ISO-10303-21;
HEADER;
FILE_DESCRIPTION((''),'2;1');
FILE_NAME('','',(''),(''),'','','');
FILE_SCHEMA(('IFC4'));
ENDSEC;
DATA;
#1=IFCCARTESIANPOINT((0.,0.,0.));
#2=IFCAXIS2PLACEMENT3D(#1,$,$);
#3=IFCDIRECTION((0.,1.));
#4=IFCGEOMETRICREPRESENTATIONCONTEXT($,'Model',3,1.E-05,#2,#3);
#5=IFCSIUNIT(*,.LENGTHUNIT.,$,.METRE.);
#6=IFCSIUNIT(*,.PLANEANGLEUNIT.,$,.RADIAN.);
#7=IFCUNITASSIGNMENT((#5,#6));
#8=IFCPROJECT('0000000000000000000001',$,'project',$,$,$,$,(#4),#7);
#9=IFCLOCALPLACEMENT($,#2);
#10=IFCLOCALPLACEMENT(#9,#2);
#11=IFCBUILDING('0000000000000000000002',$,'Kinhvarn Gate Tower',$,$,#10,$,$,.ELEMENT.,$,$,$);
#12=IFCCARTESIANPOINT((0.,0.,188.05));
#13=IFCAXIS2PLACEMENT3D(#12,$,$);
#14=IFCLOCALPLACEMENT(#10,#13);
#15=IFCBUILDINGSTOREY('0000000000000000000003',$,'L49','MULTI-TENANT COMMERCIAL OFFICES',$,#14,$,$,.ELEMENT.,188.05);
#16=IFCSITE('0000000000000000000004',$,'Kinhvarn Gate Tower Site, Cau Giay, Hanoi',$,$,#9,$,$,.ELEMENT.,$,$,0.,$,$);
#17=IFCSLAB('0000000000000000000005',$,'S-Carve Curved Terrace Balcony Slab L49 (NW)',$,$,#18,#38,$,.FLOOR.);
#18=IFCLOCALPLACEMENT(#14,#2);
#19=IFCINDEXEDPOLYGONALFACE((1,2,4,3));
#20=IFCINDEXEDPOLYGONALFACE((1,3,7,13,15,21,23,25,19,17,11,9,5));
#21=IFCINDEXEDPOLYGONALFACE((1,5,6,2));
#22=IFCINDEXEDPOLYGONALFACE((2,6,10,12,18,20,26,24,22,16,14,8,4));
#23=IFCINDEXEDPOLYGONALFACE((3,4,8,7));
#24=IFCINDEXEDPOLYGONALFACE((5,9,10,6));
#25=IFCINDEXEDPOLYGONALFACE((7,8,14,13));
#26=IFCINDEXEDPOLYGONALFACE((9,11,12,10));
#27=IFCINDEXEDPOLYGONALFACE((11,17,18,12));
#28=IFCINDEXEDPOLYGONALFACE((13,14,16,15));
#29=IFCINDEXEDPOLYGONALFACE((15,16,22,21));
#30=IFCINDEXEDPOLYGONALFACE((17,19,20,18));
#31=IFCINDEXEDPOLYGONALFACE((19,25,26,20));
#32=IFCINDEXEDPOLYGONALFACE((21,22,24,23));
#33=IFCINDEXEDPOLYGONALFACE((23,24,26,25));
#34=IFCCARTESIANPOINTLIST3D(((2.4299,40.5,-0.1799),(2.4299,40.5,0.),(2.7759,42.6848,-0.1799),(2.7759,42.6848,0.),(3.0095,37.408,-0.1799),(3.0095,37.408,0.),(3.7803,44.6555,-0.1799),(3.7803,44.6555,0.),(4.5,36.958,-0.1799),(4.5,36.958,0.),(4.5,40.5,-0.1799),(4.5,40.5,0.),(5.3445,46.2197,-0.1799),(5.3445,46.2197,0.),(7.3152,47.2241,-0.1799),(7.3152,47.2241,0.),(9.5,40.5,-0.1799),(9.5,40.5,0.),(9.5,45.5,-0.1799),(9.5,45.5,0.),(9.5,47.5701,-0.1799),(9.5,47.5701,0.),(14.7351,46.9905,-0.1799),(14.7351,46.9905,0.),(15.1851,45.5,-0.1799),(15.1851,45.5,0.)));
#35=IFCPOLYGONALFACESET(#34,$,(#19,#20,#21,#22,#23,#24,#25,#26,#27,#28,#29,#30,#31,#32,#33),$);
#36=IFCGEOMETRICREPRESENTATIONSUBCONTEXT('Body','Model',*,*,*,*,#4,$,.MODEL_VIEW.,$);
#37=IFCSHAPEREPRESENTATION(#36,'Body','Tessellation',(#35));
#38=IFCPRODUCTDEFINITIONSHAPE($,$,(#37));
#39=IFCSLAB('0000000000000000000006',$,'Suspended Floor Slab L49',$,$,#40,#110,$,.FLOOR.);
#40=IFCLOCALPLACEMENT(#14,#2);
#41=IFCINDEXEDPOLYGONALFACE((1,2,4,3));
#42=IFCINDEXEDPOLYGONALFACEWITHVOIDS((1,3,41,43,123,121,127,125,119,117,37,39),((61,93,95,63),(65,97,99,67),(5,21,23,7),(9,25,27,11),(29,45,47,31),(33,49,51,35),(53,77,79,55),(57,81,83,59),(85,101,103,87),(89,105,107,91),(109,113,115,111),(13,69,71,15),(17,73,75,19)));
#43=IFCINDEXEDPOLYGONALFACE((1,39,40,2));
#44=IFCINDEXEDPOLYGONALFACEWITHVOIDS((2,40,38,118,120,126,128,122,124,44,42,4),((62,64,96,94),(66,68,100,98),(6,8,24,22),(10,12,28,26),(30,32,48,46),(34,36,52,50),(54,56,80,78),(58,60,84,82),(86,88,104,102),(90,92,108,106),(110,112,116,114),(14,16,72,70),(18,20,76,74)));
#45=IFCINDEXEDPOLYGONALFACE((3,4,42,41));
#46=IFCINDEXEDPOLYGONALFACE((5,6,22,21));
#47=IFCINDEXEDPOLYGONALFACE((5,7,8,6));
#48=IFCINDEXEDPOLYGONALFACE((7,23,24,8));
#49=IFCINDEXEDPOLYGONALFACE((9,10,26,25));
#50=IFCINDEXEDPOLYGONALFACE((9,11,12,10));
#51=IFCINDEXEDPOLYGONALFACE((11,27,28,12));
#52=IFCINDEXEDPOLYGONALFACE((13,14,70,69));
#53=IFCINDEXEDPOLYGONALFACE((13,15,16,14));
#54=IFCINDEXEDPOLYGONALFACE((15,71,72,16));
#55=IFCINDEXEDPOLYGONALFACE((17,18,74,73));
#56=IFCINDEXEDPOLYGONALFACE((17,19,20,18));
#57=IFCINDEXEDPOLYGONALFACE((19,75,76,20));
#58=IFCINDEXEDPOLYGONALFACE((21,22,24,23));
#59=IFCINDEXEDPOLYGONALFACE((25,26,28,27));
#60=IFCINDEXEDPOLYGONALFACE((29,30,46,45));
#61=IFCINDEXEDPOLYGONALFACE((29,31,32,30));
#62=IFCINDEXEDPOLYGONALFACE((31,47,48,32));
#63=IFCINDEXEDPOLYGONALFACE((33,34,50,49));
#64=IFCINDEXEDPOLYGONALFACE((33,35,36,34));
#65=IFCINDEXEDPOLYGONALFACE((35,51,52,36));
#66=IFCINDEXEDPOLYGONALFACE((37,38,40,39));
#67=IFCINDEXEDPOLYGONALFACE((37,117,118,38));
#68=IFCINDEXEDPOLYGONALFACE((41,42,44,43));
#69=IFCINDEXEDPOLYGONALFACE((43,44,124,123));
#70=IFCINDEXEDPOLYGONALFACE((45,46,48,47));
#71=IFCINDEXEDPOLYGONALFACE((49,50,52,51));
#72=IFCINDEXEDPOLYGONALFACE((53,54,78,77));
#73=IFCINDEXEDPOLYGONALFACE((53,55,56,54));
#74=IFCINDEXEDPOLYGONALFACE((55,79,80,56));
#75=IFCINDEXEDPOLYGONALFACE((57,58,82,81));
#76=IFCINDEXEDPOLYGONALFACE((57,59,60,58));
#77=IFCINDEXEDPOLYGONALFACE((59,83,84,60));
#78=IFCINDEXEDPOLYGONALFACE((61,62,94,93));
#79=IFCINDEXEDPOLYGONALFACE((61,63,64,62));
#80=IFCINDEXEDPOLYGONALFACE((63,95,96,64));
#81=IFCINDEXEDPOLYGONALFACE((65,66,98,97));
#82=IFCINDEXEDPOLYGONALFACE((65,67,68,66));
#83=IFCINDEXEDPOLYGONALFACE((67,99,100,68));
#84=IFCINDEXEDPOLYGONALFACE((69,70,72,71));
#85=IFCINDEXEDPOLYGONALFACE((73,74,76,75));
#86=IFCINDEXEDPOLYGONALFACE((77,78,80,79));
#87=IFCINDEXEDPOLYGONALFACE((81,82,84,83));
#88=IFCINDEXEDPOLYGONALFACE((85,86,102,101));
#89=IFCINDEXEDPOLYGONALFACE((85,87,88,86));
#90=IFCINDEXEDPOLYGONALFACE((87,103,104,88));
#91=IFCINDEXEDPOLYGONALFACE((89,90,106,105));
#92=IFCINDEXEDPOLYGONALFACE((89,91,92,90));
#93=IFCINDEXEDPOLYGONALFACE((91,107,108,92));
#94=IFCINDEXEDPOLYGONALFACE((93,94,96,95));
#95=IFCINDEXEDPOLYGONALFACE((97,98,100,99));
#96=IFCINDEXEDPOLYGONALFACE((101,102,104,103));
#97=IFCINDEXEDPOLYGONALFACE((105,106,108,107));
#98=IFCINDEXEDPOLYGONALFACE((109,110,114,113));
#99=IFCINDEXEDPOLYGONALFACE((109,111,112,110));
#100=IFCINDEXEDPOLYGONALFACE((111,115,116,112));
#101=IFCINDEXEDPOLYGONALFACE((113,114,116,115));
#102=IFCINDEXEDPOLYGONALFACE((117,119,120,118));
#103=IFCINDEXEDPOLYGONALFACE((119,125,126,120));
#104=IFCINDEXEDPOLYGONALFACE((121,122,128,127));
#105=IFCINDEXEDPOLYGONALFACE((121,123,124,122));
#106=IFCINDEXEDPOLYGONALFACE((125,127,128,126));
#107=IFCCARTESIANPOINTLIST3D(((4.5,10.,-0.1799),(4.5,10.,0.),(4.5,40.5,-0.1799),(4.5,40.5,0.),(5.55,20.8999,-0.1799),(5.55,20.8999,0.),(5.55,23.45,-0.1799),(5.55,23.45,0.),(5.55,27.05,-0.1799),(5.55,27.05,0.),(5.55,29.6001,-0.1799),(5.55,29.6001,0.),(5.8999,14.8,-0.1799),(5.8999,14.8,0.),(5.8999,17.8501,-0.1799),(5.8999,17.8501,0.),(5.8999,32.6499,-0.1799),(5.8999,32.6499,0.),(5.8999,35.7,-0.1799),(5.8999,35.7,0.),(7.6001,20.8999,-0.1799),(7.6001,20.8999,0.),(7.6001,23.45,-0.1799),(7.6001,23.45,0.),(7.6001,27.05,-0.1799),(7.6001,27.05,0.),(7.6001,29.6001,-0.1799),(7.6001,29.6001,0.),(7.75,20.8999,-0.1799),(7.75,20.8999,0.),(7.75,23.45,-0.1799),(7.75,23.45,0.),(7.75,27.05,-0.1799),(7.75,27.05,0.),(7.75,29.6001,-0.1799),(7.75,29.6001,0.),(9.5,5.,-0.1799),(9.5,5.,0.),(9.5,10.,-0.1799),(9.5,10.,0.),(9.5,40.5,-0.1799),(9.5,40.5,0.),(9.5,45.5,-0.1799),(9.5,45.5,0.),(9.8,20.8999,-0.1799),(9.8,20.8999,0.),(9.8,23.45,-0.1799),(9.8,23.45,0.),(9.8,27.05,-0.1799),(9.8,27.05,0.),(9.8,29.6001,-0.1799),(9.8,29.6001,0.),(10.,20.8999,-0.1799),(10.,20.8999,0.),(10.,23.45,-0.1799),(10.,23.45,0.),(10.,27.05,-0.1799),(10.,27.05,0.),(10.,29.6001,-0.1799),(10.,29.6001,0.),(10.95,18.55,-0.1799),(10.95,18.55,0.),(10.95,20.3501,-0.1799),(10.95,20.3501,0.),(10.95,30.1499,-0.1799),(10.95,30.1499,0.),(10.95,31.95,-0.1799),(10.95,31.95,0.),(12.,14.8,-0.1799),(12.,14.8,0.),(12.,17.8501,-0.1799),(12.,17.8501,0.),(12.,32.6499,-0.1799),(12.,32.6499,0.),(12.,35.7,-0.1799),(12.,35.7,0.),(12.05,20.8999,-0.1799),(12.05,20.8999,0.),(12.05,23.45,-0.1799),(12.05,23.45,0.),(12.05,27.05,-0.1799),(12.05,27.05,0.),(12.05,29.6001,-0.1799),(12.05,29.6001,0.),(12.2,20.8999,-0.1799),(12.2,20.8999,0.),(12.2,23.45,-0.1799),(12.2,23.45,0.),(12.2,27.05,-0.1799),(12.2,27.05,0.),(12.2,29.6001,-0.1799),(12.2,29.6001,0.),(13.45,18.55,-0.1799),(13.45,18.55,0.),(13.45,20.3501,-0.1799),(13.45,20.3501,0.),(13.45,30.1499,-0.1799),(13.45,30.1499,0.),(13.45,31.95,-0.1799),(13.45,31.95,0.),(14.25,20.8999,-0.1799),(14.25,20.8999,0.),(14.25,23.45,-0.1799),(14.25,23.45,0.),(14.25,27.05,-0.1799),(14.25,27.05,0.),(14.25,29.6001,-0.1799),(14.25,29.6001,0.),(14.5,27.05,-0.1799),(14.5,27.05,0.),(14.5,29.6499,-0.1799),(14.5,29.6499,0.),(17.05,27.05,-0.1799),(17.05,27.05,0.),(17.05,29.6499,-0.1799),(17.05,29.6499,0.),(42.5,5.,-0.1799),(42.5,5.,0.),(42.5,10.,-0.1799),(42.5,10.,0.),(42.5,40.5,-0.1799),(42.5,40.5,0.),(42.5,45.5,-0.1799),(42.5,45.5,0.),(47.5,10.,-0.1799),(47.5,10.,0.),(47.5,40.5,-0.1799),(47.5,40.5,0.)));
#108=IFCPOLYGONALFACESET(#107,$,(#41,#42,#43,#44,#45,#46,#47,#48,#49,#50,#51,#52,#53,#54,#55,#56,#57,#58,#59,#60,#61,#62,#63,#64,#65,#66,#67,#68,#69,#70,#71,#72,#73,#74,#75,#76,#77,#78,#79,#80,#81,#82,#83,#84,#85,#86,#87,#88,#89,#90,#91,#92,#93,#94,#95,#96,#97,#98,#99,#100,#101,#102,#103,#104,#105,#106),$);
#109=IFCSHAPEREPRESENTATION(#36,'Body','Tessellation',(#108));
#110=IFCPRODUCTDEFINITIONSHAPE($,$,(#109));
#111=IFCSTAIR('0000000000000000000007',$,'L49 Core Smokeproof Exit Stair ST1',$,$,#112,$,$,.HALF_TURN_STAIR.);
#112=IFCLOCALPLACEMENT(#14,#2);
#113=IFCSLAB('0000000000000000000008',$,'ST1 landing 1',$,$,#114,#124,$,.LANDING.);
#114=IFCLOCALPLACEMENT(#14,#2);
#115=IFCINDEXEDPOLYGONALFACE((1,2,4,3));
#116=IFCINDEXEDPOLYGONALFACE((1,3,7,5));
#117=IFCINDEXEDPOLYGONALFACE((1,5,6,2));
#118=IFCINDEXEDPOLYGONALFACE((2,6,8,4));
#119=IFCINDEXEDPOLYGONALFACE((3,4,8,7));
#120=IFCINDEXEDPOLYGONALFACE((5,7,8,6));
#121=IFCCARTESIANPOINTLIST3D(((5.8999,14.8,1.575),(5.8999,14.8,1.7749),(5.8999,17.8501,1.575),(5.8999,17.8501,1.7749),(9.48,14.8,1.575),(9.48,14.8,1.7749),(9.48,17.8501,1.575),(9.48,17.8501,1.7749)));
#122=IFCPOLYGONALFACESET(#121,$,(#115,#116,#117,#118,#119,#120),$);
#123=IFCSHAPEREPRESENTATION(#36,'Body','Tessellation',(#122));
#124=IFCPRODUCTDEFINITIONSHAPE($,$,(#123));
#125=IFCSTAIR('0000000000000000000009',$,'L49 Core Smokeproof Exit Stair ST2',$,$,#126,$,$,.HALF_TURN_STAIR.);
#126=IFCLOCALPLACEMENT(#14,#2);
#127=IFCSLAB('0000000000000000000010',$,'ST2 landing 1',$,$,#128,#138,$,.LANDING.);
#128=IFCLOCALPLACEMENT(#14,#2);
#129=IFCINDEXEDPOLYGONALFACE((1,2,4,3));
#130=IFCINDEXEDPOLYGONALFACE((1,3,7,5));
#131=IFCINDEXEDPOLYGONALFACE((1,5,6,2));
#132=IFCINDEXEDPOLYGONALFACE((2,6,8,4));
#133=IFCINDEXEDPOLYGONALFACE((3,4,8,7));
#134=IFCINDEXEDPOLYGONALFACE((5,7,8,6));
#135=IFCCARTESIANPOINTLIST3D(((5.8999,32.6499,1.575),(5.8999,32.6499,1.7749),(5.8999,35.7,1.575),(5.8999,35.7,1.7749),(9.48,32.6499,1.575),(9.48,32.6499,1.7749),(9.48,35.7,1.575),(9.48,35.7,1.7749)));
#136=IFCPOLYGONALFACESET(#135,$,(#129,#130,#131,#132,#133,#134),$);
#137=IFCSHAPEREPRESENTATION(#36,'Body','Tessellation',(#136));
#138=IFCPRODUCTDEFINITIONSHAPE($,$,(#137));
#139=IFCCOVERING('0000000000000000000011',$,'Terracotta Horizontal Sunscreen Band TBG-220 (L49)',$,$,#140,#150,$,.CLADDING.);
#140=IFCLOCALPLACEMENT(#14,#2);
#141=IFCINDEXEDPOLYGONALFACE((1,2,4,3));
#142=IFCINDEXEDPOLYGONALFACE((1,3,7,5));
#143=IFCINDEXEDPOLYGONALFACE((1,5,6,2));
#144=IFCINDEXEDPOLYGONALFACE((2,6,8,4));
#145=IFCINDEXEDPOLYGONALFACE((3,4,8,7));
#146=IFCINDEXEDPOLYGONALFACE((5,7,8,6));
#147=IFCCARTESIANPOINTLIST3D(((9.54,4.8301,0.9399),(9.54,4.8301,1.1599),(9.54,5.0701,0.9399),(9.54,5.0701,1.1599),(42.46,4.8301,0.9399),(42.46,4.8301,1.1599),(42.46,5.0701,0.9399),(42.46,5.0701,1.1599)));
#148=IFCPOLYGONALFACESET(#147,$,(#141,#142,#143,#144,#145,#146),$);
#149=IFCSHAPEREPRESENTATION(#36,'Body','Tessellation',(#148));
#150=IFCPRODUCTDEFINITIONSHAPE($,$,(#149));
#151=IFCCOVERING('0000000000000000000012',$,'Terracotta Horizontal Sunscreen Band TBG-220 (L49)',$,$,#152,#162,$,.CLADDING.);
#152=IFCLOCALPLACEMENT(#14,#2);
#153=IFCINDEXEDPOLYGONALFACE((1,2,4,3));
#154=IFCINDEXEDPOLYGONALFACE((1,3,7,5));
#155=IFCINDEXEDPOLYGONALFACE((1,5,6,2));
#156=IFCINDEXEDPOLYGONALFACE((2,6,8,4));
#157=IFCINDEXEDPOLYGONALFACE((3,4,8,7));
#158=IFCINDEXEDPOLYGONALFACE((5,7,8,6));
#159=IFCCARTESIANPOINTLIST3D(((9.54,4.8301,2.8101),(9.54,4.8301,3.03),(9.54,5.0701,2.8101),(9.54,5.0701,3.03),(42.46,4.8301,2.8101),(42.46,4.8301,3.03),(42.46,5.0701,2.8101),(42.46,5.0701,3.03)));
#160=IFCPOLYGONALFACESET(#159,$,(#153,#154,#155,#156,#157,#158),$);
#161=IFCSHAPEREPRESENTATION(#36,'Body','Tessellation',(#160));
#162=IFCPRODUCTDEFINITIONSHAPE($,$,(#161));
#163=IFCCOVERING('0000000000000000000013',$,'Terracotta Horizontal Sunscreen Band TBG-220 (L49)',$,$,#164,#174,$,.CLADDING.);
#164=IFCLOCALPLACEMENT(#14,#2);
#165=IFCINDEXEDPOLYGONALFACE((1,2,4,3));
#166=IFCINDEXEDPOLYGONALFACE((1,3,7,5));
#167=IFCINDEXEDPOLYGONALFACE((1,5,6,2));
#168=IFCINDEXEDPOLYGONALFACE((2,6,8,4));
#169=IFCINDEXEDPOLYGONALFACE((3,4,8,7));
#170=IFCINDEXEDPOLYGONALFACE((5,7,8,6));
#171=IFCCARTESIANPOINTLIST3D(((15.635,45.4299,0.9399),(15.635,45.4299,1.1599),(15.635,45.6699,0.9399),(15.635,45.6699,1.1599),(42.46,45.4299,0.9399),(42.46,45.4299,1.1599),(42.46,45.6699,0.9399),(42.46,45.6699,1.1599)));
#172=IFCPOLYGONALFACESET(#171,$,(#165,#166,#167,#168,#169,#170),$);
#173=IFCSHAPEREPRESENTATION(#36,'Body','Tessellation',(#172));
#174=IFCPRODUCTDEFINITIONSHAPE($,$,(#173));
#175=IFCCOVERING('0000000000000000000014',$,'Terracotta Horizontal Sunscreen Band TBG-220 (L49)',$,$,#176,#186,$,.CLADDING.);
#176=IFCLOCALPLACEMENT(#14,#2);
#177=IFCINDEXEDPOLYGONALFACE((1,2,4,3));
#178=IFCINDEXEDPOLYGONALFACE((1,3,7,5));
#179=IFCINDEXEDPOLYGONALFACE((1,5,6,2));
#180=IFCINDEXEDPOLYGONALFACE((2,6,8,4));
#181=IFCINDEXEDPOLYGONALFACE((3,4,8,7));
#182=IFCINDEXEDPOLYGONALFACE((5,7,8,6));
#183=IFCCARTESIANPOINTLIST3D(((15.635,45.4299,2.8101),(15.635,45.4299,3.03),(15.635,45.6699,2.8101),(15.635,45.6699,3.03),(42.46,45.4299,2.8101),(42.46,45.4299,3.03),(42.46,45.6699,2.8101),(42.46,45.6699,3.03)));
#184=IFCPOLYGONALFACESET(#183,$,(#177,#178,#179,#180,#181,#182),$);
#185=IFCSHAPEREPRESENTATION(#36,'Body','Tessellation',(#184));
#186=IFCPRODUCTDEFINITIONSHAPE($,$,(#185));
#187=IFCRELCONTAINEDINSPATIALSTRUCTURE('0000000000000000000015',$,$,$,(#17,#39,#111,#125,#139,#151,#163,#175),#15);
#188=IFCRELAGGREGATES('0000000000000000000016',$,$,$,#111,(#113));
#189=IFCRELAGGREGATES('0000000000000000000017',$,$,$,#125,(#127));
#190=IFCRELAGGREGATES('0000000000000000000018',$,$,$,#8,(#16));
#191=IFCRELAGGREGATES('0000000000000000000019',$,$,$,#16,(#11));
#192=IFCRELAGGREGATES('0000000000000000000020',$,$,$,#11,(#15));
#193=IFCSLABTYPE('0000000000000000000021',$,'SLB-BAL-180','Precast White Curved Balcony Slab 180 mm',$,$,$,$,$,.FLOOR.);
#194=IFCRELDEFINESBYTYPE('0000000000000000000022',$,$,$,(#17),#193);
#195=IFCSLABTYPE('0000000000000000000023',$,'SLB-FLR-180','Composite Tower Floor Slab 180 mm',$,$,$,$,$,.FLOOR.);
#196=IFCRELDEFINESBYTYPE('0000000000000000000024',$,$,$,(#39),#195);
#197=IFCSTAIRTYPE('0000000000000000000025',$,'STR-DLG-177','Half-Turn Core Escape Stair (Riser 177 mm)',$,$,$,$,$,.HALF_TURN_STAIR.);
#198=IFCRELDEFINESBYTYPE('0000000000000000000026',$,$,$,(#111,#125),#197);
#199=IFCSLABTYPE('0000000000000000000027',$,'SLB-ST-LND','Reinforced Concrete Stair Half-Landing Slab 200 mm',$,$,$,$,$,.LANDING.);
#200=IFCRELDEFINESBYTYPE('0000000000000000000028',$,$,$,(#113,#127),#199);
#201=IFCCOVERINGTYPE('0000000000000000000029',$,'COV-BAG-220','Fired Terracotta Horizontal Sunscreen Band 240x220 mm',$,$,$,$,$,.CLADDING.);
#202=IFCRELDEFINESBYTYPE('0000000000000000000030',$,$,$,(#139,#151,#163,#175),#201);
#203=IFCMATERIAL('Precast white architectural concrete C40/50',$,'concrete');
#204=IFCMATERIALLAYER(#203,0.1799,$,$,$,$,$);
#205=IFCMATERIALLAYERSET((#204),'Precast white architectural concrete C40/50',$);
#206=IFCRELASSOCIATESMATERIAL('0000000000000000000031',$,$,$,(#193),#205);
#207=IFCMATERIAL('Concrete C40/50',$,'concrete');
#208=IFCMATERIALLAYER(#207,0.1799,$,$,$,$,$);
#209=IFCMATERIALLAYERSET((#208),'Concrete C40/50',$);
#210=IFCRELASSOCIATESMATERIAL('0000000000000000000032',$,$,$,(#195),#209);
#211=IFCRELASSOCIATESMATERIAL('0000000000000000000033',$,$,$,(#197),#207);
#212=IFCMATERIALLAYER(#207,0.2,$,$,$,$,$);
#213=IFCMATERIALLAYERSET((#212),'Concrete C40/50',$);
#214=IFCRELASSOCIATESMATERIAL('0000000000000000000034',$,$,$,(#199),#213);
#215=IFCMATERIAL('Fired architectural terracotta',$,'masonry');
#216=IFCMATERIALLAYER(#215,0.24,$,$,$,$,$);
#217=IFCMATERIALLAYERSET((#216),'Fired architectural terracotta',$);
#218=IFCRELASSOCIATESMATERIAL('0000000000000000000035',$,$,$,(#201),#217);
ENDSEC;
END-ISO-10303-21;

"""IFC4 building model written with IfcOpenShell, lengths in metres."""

from ifc_helpers import new_model, si_unit, direction, frame, origin, place, context, subcontext, project, spatial, polyline, outline, extrude, material, layer, layer_set, type_object, element, aggregate, save


model = new_model("IFC4")

# Units and contexts
model_context = context("Model", 3, precision=1e-05, world=origin(), true_north=direction((0.0, 1.0)))
body_context = subcontext(model_context, "Body", "Model", "MODEL_VIEW")
ifc_project = project(units=[si_unit("LENGTHUNIT", "METRE"), si_unit("PLANEANGLEUNIT", "RADIAN")], contexts=[model_context])

# Site, building, storey
site_placement = place(None, origin())
site = spatial("IfcSite", under=ifc_project, at=site_placement, Name="Kinhvarn Gate Tower Site, Cau Giay, Hanoi", CompositionType="ELEMENT", RefElevation=0.0)
building_placement = place(site_placement, origin())
building = spatial("IfcBuilding", under=site, at=building_placement, Name="Kinhvarn Gate Tower", CompositionType="ELEMENT")
storey_placement = place(building_placement, frame((0.0, 0.0, 188.05)))
storey = spatial("IfcBuildingStorey", under=building, at=storey_placement, Name="L49", Description="MULTI-TENANT COMMERCIAL OFFICES", CompositionType="ELEMENT", Elevation=188.05)

# Slabs
ifc_material_1 = material(Name="Precast white architectural concrete C40/50", Category="concrete")
ifc_layer_1 = layer(ifc_material_1, 0.1799)
ifc_layer_set_1 = layer_set([ifc_layer_1], Name="Precast white architectural concrete C40/50")
slab_type_1 = type_object("IfcSlabType", Name="SLB-BAL-180", Description="Precast White Curved Balcony Slab 180 mm", PredefinedType="FLOOR", material=ifc_layer_set_1)
slab_1_placement = place(storey_placement, frame((0.0, 0.0, -0.1799)))
element("IfcSlab", 1, at=slab_1_placement, inside=storey, type_object=slab_type_1, Name="S-Carve Curved Terrace Balcony Slab L49 (NW)", PredefinedType="FLOOR", context=body_context, shape_type="SweptSolid", body=[
    extrude(outline(polyline([(15.1851, 45.5), (14.7351, 46.9905), (9.5, 47.5701), (7.3152, 47.2241), (5.3445, 46.2197), (3.7803, 44.6555), (2.7759, 42.6848), (2.4299, 40.5), (3.0095, 37.408), (4.5, 36.958), (4.5, 40.5), (9.5, 40.5), (9.5, 45.5), (15.1851, 45.5)])), origin(), (0.0, 0.0, 1.0), 0.1799),
])
ifc_material_2 = material(Name="Concrete C40/50", Category="concrete")
ifc_layer_2 = layer(ifc_material_2, 0.1799)
ifc_layer_set_2 = layer_set([ifc_layer_2], Name="Concrete C40/50")
slab_type_2 = type_object("IfcSlabType", Name="SLB-FLR-180", Description="Composite Tower Floor Slab 180 mm", PredefinedType="FLOOR", material=ifc_layer_set_2)
slab_2_placement = place(storey_placement, frame((0.0, 0.0, -0.1799)))
element("IfcSlab", 2, at=slab_2_placement, inside=storey, type_object=slab_type_2, Name="Suspended Floor Slab L49", PredefinedType="FLOOR", context=body_context, shape_type="SweptSolid", body=[
    extrude(outline(polyline([(9.5, 5.0), (42.5, 5.0), (42.5, 10.0), (47.5, 10.0), (47.5, 40.5), (42.5, 40.5), (42.5, 45.5), (9.5, 45.5), (9.5, 40.5), (4.5, 40.5), (4.5, 10.0), (9.5, 10.0), (9.5, 5.0)]), holes=[polyline([(5.8999, 14.8), (12.0, 14.8), (12.0, 17.8501), (5.8999, 17.8501), (5.8999, 14.8)]), polyline([(5.8999, 32.6499), (12.0, 32.6499), (12.0, 35.7), (5.8999, 35.7), (5.8999, 32.6499)]), polyline([(5.55, 20.8999), (7.6001, 20.8999), (7.6001, 23.45), (5.55, 23.45), (5.55, 20.8999)]), polyline([(7.75, 20.8999), (9.8, 20.8999), (9.8, 23.45), (7.75, 23.45), (7.75, 20.8999)]), polyline([(5.55, 27.05), (7.6001, 27.05), (7.6001, 29.6001), (5.55, 29.6001), (5.55, 27.05)]), polyline([(7.75, 27.05), (9.8, 27.05), (9.8, 29.6001), (7.75, 29.6001), (7.75, 27.05)]), polyline([(10.0, 20.8999), (12.05, 20.8999), (12.05, 23.45), (10.0, 23.45), (10.0, 20.8999)]), polyline([(12.2, 20.8999), (14.25, 20.8999), (14.25, 23.45), (12.2, 23.45), (12.2, 20.8999)]), polyline([(10.0, 27.05), (12.05, 27.05), (12.05, 29.6001), (10.0, 29.6001), (10.0, 27.05)]), polyline([(12.2, 27.05), (14.25, 27.05), (14.25, 29.6001), (12.2, 29.6001), (12.2, 27.05)]), polyline([(14.5, 27.05), (17.05, 27.05), (17.05, 29.6499), (14.5, 29.6499), (14.5, 27.05)]), polyline([(10.95, 18.55), (13.45, 18.55), (13.45, 20.3501), (10.95, 20.3501), (10.95, 18.55)]), polyline([(10.95, 30.1499), (13.45, 30.1499), (13.45, 31.95), (10.95, 31.95), (10.95, 30.1499)])]), origin(), (0.0, 0.0, 1.0), 0.1799),
])

# Stairs, slabs
stair_type = type_object("IfcStairType", Name="STR-DLG-177", Description="Half-Turn Core Escape Stair (Riser 177 mm)", PredefinedType="HALF_TURN_STAIR", material=ifc_material_2)
stair_1_placement = place(storey_placement, origin())
stair_1 = element("IfcStair", 3, at=stair_1_placement, inside=storey, type_object=stair_type, Name="L49 Core Smokeproof Exit Stair ST1", PredefinedType="HALF_TURN_STAIR")
ifc_layer_3 = layer(ifc_material_2, 0.2)
ifc_layer_set_3 = layer_set([ifc_layer_3], Name="Concrete C40/50")
slab_type_3 = type_object("IfcSlabType", Name="SLB-ST-LND", Description="Reinforced Concrete Stair Half-Landing Slab 200 mm", PredefinedType="LANDING", material=ifc_layer_set_3)
slab_3_placement = place(storey_placement, frame((0.0, 0.0, 1.575)))
slab_3 = element("IfcSlab", 4, at=slab_3_placement, type_object=slab_type_3, Name="ST1 landing 1", PredefinedType="LANDING", context=body_context, shape_type="SweptSolid", body=[
    extrude(outline(polyline([(9.48, 17.8501), (5.8999, 17.8501), (5.8999, 14.8), (9.48, 14.8), (9.48, 17.8501)])), origin(), (0.0, 0.0, 1.0), 0.2),
])
aggregate(stair_1, [slab_3])
stair_2_placement = place(storey_placement, origin())
stair_2 = element("IfcStair", 5, at=stair_2_placement, inside=storey, type_object=stair_type, Name="L49 Core Smokeproof Exit Stair ST2", PredefinedType="HALF_TURN_STAIR")
slab_4_placement = place(storey_placement, frame((0.0, 0.0, 1.575)))
slab_4 = element("IfcSlab", 6, at=slab_4_placement, type_object=slab_type_3, Name="ST2 landing 1", PredefinedType="LANDING", context=body_context, shape_type="SweptSolid", body=[
    extrude(outline(polyline([(9.48, 35.7), (5.8999, 35.7), (5.8999, 32.6499), (9.48, 32.6499), (9.48, 35.7)])), origin(), (0.0, 0.0, 1.0), 0.2),
])
aggregate(stair_2, [slab_4])

# Coverings
ifc_material_3 = material(Name="Fired architectural terracotta", Category="masonry")
ifc_layer_4 = layer(ifc_material_3, 0.24)
ifc_layer_set_4 = layer_set([ifc_layer_4], Name="Fired architectural terracotta")
covering_type_1 = type_object("IfcCoveringType", Name="COV-BAG-220", Description="Fired Terracotta Horizontal Sunscreen Band 240x220 mm", PredefinedType="CLADDING", material=ifc_layer_set_4)
for number, where, name in (
    (7, (0.0, 0.0, 0.9399), "Terracotta Horizontal Sunscreen Band TBG-220 (L49)"),
    (8, (0.0, 0.0, 2.8101), "Terracotta Horizontal Sunscreen Band TBG-220 (L49)"),
):
    element("IfcCovering", number, at=place(storey_placement, frame(where)), inside=storey, type_object=covering_type_1, Name=name, PredefinedType="CLADDING", context=body_context, shape_type="SweptSolid", body=[
        extrude(outline(polyline([(9.54, 5.0701), (42.46, 5.0701), (42.46, 4.8301), (9.54, 4.8301), (9.54, 5.0701)])), origin(), (0.0, 0.0, 1.0), 0.22),
    ])
for number, where, name in (
    (9, (0.0, 0.0, 0.9399), "Terracotta Horizontal Sunscreen Band TBG-220 (L49)"),
    (10, (0.0, 0.0, 2.8101), "Terracotta Horizontal Sunscreen Band TBG-220 (L49)"),
):
    element("IfcCovering", number, at=place(storey_placement, frame(where)), inside=storey, type_object=covering_type_1, Name=name, PredefinedType="CLADDING", context=body_context, shape_type="SweptSolid", body=[
        extrude(outline(polyline([(42.46, 45.4299), (15.635, 45.4299), (15.635, 45.6699), (42.46, 45.6699), (42.46, 45.4299)])), origin(), (0.0, 0.0, 1.0), 0.22),
    ])

save(model, "model.ifc")
